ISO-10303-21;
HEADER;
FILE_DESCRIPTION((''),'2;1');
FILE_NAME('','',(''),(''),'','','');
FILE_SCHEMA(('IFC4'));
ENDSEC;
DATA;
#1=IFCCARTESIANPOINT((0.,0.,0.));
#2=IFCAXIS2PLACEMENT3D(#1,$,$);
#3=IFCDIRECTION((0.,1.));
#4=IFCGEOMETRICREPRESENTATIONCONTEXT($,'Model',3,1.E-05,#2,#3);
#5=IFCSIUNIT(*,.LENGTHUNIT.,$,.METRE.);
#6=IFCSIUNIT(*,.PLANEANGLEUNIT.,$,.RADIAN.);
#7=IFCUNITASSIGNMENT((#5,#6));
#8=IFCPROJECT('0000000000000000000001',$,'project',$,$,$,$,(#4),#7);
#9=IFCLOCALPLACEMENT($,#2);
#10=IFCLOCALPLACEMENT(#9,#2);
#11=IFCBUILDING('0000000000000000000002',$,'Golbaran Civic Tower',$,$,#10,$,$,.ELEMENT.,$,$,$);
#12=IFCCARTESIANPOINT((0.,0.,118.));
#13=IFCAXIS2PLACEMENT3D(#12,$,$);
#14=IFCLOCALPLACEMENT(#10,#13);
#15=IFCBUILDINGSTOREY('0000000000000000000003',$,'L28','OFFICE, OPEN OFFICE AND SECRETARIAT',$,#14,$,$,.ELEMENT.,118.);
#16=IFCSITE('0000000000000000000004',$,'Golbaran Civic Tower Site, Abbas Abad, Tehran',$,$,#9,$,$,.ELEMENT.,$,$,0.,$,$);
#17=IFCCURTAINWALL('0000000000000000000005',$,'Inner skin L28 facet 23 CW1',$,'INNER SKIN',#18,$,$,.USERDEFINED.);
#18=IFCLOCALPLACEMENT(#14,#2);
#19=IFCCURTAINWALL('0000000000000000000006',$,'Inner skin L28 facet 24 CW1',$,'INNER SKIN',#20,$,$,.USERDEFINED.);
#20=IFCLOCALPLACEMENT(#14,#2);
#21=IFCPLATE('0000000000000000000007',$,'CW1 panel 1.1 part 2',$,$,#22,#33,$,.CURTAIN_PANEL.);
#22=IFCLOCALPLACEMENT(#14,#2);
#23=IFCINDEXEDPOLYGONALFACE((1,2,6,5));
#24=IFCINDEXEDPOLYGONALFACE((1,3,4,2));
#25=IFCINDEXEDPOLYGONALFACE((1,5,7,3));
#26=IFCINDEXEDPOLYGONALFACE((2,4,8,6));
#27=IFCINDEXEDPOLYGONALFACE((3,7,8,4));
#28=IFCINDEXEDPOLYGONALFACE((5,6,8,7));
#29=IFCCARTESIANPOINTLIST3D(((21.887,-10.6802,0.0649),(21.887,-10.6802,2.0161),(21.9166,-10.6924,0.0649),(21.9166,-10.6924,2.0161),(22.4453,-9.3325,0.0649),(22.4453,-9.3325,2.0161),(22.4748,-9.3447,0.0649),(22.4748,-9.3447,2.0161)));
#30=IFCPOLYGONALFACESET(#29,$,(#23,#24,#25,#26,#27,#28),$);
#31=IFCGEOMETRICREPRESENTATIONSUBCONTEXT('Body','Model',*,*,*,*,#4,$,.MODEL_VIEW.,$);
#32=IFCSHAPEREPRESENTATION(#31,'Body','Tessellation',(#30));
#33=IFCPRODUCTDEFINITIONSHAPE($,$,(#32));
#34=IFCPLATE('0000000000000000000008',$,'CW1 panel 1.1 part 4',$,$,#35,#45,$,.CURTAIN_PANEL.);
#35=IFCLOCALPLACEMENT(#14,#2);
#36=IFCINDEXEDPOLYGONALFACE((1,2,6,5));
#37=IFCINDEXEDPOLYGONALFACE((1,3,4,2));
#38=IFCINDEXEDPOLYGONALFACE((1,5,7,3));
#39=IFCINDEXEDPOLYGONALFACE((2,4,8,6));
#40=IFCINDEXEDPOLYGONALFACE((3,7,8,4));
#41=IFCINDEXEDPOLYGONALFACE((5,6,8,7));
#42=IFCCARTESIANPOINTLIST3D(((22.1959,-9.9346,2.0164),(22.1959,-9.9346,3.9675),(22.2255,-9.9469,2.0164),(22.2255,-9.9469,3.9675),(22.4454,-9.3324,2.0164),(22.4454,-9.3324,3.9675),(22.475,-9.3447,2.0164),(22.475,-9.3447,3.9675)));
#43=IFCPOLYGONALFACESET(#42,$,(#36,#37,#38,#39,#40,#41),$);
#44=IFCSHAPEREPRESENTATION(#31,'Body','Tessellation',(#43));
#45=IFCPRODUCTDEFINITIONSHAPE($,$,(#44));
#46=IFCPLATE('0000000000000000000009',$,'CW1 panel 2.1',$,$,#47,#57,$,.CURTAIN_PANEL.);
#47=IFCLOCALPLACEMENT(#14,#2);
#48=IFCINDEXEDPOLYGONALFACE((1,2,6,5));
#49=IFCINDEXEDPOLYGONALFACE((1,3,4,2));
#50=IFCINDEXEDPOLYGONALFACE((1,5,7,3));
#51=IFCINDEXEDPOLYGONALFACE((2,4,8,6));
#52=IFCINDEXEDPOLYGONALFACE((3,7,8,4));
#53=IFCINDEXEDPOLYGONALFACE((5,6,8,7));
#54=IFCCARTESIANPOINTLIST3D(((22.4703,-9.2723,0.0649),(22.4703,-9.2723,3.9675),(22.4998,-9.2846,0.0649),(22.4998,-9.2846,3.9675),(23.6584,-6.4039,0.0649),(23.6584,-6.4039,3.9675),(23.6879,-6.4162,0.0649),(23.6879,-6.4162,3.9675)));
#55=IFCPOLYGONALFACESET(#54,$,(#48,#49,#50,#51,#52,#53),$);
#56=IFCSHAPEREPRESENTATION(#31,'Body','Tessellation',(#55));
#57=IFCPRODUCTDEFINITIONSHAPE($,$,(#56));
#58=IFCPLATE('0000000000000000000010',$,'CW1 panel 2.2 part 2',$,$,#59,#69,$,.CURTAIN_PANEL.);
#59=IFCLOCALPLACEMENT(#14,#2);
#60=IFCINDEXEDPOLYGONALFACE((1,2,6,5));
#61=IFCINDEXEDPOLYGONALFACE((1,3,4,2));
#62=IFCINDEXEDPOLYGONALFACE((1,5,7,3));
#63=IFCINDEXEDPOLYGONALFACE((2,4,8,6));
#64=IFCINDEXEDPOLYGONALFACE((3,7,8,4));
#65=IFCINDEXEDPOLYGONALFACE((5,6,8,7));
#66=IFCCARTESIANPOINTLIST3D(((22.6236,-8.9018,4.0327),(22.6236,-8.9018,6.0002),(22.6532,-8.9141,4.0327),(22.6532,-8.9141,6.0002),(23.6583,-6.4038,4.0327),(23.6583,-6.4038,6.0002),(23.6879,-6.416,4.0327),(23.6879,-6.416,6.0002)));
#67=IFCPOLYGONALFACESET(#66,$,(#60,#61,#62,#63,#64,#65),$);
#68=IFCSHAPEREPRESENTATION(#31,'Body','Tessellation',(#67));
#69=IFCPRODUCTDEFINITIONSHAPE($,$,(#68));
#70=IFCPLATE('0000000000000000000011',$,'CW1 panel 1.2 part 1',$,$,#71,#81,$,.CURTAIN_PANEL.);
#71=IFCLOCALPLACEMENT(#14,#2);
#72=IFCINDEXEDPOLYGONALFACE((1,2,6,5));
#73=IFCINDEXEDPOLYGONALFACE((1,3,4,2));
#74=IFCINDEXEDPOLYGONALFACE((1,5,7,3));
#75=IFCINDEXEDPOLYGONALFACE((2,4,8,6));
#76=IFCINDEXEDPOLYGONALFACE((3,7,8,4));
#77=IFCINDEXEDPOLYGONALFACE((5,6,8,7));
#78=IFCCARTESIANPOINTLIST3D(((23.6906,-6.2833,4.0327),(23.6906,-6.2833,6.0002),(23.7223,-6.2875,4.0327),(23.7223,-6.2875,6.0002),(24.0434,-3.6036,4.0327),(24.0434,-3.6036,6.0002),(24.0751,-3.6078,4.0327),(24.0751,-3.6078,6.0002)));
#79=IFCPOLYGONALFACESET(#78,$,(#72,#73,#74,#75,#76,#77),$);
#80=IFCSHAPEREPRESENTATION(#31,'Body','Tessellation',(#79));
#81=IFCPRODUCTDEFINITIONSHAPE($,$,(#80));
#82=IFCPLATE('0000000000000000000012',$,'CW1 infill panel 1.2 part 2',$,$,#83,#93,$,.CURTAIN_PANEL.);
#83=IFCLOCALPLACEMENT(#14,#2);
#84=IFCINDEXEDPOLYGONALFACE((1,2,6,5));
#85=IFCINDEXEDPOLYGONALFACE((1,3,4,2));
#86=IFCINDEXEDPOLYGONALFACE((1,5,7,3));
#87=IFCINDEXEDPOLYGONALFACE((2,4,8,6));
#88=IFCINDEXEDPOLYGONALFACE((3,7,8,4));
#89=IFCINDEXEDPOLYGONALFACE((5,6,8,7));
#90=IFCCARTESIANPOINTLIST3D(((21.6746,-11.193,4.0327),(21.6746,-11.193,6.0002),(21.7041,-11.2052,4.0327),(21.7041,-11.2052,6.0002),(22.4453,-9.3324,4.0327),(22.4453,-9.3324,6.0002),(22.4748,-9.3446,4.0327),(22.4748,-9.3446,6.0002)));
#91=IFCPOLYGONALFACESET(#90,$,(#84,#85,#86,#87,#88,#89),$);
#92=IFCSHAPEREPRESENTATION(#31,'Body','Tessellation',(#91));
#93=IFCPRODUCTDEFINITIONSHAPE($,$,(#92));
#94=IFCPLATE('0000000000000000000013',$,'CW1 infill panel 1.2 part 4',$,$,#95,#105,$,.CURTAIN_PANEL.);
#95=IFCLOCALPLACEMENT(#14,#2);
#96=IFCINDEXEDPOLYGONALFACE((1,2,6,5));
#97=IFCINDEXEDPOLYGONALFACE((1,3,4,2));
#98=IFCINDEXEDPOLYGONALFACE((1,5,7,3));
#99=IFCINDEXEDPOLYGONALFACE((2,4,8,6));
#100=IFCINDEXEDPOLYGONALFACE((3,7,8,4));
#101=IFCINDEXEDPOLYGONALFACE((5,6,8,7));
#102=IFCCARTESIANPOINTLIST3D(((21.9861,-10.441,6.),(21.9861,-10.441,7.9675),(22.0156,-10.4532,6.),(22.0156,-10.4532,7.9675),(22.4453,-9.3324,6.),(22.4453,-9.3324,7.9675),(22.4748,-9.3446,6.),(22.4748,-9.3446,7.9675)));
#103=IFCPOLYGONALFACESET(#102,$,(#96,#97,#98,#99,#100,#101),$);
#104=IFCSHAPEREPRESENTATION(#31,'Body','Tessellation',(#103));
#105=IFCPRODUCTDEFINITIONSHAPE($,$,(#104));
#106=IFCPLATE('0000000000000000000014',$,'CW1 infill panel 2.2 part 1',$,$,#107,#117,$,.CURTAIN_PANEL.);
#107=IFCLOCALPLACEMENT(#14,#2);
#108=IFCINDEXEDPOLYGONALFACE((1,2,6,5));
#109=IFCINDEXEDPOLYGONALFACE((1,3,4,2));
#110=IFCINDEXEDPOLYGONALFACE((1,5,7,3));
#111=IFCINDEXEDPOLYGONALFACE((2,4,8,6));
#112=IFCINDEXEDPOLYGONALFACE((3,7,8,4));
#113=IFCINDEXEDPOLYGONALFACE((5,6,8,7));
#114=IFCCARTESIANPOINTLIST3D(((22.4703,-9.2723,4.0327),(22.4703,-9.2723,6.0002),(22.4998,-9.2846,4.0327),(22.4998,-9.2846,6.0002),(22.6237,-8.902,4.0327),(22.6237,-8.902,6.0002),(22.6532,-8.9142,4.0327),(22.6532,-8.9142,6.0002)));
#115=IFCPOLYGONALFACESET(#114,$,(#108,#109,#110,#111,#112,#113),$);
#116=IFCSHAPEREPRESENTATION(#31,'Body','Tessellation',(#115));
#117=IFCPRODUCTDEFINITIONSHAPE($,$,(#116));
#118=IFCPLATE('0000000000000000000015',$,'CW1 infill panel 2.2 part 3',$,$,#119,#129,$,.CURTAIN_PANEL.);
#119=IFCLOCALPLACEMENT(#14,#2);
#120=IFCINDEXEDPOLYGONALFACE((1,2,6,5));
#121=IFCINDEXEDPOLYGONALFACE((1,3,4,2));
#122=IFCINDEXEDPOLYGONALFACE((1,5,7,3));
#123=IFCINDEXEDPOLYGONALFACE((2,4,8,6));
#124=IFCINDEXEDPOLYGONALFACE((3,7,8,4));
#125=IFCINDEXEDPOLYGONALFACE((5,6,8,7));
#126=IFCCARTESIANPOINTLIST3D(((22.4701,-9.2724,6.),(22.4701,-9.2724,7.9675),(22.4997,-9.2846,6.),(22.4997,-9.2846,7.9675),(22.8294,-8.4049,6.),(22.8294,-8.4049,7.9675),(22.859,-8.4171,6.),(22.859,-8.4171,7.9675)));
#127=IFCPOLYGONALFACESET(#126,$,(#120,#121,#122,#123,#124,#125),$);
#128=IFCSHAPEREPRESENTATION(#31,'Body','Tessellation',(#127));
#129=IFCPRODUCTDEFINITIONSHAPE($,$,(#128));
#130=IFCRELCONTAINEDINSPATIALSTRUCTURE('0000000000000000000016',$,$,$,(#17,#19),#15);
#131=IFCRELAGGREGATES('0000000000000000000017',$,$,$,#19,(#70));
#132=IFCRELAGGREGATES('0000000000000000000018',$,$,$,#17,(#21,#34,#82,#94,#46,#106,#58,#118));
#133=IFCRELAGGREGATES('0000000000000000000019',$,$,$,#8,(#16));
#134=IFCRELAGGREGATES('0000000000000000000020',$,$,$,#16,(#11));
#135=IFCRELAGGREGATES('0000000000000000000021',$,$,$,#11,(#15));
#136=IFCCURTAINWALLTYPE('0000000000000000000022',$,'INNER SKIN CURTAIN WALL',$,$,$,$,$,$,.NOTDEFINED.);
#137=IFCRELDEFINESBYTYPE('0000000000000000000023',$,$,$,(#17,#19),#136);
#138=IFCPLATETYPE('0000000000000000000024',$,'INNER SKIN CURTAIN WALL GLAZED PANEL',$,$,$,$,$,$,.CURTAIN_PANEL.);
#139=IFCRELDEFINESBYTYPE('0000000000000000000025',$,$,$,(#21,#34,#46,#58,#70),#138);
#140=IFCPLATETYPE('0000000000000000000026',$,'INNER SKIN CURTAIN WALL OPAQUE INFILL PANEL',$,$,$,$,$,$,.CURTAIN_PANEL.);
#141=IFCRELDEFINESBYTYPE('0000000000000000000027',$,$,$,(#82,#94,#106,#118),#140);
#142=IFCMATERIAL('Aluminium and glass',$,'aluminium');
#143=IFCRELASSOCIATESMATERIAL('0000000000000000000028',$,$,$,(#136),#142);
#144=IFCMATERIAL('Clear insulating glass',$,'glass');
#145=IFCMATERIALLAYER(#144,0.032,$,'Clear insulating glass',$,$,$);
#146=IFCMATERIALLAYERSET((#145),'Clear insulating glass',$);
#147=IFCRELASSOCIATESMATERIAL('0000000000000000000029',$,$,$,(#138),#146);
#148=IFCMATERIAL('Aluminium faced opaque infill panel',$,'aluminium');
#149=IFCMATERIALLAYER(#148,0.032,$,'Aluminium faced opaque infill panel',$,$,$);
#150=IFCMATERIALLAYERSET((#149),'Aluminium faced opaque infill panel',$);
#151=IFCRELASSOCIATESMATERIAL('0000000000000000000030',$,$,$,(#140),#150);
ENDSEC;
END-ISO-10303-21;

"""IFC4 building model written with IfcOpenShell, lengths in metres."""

from ifc_helpers import new_model, si_unit, direction, frame, origin, origin_2d, place, context, subcontext, project, spatial, rectangle, extrude, material, layer, layer_set, type_object, element, aggregate, save


model = new_model("IFC4")

# Units and contexts
model_context = context("Model", 3, precision=1e-05, world=origin(), true_north=direction((0.0, 1.0)))
body_context = subcontext(model_context, "Body", "Model", "MODEL_VIEW")
ifc_project = project(units=[si_unit("LENGTHUNIT", "METRE"), si_unit("PLANEANGLEUNIT", "RADIAN")], contexts=[model_context])

# Site, building, storey
site_placement = place(None, origin())
site = spatial("IfcSite", under=ifc_project, at=site_placement, Name="Golbaran Civic Tower Site, Abbas Abad, Tehran", CompositionType="ELEMENT", RefElevation=0.0)
building_placement = place(site_placement, origin())
building = spatial("IfcBuilding", under=site, at=building_placement, Name="Golbaran Civic Tower", CompositionType="ELEMENT")
storey_placement = place(building_placement, frame((0.0, 0.0, 118.0)))
storey = spatial("IfcBuildingStorey", under=building, at=storey_placement, Name="L28", Description="OFFICE, OPEN OFFICE AND SECRETARIAT", CompositionType="ELEMENT", Elevation=118.0)

# Curtain wall
ifc_material_1 = material(Name="Aluminium and glass", Category="aluminium")
curtain_wall_type = type_object("IfcCurtainWallType", Name="INNER SKIN CURTAIN WALL", PredefinedType="NOTDEFINED", material=ifc_material_1)
curtain_wall_1_placement = place(storey_placement, origin())
curtain_wall_1 = element("IfcCurtainWall", 1, at=curtain_wall_1_placement, inside=storey, type_object=curtain_wall_type, Name="Inner skin L28 facet 23 CW1", ObjectType="INNER SKIN", PredefinedType="USERDEFINED")

# Curtain wall
curtain_wall_2_placement = place(storey_placement, origin())
curtain_wall_2 = element("IfcCurtainWall", 2, at=curtain_wall_2_placement, inside=storey, type_object=curtain_wall_type, Name="Inner skin L28 facet 24 CW1", ObjectType="INNER SKIN", PredefinedType="USERDEFINED")

# Plates
ifc_material_2 = material(Name="Clear insulating glass", Category="glass")
ifc_layer_1 = layer(ifc_material_2, 0.032, Name="Clear insulating glass")
ifc_layer_set_1 = layer_set([ifc_layer_1], Name="Clear insulating glass")
plate_type_1 = type_object("IfcPlateType", Name="INNER SKIN CURTAIN WALL GLAZED PANEL", PredefinedType="CURTAIN_PANEL", material=ifc_layer_set_1)
plate_1_placement = place(storey_placement, frame((22.1809, -10.0125, 0.0649), z_axis=(0.0, 0.0, 1.0), x_axis=(0.382683, 0.92388, 0.0)))
plate_1 = element("IfcPlate", 3, at=plate_1_placement, type_object=plate_type_1, Name="CW1 panel 1.1 part 2", PredefinedType="CURTAIN_PANEL", context=body_context, shape_type="SweptSolid", body=[
    extrude(rectangle(XDim=1.4587, YDim=0.032, at=origin_2d()), origin(), (0.0, 0.0, 1.0), 1.9512),
])
plate_2_placement = place(storey_placement, frame((22.3354, -9.6396, 2.0164), z_axis=(0.0, 0.0, 1.0), x_axis=(0.382683, 0.92388, 0.0)))
plate_2 = element("IfcPlate", 4, at=plate_2_placement, type_object=plate_type_1, Name="CW1 panel 1.1 part 4", PredefinedType="CURTAIN_PANEL", context=body_context, shape_type="SweptSolid", body=[
    extrude(rectangle(XDim=0.6519, YDim=0.032, at=origin_2d()), origin(), (0.0, 0.0, 1.0), 1.9512),
])
plate_3_placement = place(storey_placement, frame((23.0791, -7.8442, 0.0649), z_axis=(0.0, 0.0, 1.0), x_axis=(0.382683, 0.92388, 0.0)))
plate_3 = element("IfcPlate", 5, at=plate_3_placement, type_object=plate_type_1, Name="CW1 panel 2.1", PredefinedType="CURTAIN_PANEL", context=body_context, shape_type="SweptSolid", body=[
    extrude(rectangle(XDim=3.1047, YDim=0.032, at=origin_2d()), origin(), (0.0, 0.0, 1.0), 3.9026),
])
plate_4_placement = place(storey_placement, frame((23.1558, -7.6589, 4.0327), z_axis=(0.0, 0.0, 1.0), x_axis=(0.382683, 0.92388, 0.0)))
plate_4 = element("IfcPlate", 6, at=plate_4_placement, type_object=plate_type_1, Name="CW1 panel 2.2 part 2", PredefinedType="CURTAIN_PANEL", context=body_context, shape_type="SweptSolid", body=[
    extrude(rectangle(XDim=2.7039, YDim=0.032, at=origin_2d()), origin(), (0.0, 0.0, 1.0), 1.9675),
])
plate_5_placement = place(storey_placement, frame((23.8828, -4.9456, 4.0327), z_axis=(0.0, 0.0, 1.0), x_axis=(0.130526, 0.991445, 0.0)))
plate_5 = element("IfcPlate", 7, at=plate_5_placement, type_object=plate_type_1, Name="CW1 panel 1.2 part 1", PredefinedType="CURTAIN_PANEL", context=body_context, shape_type="SweptSolid", body=[
    extrude(rectangle(XDim=2.7029, YDim=0.032, at=origin_2d()), origin(), (0.0, 0.0, 1.0), 1.9675),
])
aggregate(curtain_wall_2, [plate_5])
ifc_material_3 = material(Name="Aluminium faced opaque infill panel", Category="aluminium")
ifc_layer_2 = layer(ifc_material_3, 0.032, Name="Aluminium faced opaque infill panel")
ifc_layer_set_2 = layer_set([ifc_layer_2], Name="Aluminium faced opaque infill panel")
plate_type_2 = type_object("IfcPlateType", Name="INNER SKIN CURTAIN WALL OPAQUE INFILL PANEL", PredefinedType="CURTAIN_PANEL", material=ifc_layer_set_2)
plate_6_placement = place(storey_placement, frame((22.0747, -10.2688, 4.0327), z_axis=(0.0, 0.0, 1.0), x_axis=(0.382683, 0.92388, 0.0)))
plate_6 = element("IfcPlate", 8, at=plate_6_placement, type_object=plate_type_2, Name="CW1 infill panel 1.2 part 2", PredefinedType="CURTAIN_PANEL", context=body_context, shape_type="SweptSolid", body=[
    extrude(rectangle(XDim=2.0139, YDim=0.032, at=origin_2d()), origin(), (0.0, 0.0, 1.0), 1.9675),
])
plate_7_placement = place(storey_placement, frame((22.2305, -9.8928, 6.0), z_axis=(0.0, 0.0, 1.0), x_axis=(0.382683, 0.92388, 0.0)))
plate_7 = element("IfcPlate", 9, at=plate_7_placement, type_object=plate_type_2, Name="CW1 infill panel 1.2 part 4", PredefinedType="CURTAIN_PANEL", context=body_context, shape_type="SweptSolid", body=[
    extrude(rectangle(XDim=1.2, YDim=0.032, at=origin_2d()), origin(), (0.0, 0.0, 1.0), 1.9675),
])
plate_8_placement = place(storey_placement, frame((22.5618, -9.0933, 4.0327), z_axis=(0.0, 0.0, 1.0), x_axis=(0.382683, 0.92388, 0.0)))
plate_8 = element("IfcPlate", 10, at=plate_8_placement, type_object=plate_type_2, Name="CW1 infill panel 2.2 part 1", PredefinedType="CURTAIN_PANEL", context=body_context, shape_type="SweptSolid", body=[
    extrude(rectangle(XDim=0.4009, YDim=0.032, at=origin_2d()), origin(), (0.0, 0.0, 1.0), 1.9675),
])
plate_9_placement = place(storey_placement, frame((22.6646, -8.8447, 6.0), z_axis=(0.0, 0.0, 1.0), x_axis=(0.382683, 0.92388, 0.0)))
plate_9 = element("IfcPlate", 11, at=plate_9_placement, type_object=plate_type_2, Name="CW1 infill panel 2.2 part 3", PredefinedType="CURTAIN_PANEL", context=body_context, shape_type="SweptSolid", body=[
    extrude(rectangle(XDim=0.939, YDim=0.032, at=origin_2d()), origin(), (0.0, 0.0, 1.0), 1.9675),
])
aggregate(curtain_wall_1, [plate_1, plate_2, plate_6, plate_7, plate_3, plate_8, plate_4, plate_9])

save(model, "model.ifc")
